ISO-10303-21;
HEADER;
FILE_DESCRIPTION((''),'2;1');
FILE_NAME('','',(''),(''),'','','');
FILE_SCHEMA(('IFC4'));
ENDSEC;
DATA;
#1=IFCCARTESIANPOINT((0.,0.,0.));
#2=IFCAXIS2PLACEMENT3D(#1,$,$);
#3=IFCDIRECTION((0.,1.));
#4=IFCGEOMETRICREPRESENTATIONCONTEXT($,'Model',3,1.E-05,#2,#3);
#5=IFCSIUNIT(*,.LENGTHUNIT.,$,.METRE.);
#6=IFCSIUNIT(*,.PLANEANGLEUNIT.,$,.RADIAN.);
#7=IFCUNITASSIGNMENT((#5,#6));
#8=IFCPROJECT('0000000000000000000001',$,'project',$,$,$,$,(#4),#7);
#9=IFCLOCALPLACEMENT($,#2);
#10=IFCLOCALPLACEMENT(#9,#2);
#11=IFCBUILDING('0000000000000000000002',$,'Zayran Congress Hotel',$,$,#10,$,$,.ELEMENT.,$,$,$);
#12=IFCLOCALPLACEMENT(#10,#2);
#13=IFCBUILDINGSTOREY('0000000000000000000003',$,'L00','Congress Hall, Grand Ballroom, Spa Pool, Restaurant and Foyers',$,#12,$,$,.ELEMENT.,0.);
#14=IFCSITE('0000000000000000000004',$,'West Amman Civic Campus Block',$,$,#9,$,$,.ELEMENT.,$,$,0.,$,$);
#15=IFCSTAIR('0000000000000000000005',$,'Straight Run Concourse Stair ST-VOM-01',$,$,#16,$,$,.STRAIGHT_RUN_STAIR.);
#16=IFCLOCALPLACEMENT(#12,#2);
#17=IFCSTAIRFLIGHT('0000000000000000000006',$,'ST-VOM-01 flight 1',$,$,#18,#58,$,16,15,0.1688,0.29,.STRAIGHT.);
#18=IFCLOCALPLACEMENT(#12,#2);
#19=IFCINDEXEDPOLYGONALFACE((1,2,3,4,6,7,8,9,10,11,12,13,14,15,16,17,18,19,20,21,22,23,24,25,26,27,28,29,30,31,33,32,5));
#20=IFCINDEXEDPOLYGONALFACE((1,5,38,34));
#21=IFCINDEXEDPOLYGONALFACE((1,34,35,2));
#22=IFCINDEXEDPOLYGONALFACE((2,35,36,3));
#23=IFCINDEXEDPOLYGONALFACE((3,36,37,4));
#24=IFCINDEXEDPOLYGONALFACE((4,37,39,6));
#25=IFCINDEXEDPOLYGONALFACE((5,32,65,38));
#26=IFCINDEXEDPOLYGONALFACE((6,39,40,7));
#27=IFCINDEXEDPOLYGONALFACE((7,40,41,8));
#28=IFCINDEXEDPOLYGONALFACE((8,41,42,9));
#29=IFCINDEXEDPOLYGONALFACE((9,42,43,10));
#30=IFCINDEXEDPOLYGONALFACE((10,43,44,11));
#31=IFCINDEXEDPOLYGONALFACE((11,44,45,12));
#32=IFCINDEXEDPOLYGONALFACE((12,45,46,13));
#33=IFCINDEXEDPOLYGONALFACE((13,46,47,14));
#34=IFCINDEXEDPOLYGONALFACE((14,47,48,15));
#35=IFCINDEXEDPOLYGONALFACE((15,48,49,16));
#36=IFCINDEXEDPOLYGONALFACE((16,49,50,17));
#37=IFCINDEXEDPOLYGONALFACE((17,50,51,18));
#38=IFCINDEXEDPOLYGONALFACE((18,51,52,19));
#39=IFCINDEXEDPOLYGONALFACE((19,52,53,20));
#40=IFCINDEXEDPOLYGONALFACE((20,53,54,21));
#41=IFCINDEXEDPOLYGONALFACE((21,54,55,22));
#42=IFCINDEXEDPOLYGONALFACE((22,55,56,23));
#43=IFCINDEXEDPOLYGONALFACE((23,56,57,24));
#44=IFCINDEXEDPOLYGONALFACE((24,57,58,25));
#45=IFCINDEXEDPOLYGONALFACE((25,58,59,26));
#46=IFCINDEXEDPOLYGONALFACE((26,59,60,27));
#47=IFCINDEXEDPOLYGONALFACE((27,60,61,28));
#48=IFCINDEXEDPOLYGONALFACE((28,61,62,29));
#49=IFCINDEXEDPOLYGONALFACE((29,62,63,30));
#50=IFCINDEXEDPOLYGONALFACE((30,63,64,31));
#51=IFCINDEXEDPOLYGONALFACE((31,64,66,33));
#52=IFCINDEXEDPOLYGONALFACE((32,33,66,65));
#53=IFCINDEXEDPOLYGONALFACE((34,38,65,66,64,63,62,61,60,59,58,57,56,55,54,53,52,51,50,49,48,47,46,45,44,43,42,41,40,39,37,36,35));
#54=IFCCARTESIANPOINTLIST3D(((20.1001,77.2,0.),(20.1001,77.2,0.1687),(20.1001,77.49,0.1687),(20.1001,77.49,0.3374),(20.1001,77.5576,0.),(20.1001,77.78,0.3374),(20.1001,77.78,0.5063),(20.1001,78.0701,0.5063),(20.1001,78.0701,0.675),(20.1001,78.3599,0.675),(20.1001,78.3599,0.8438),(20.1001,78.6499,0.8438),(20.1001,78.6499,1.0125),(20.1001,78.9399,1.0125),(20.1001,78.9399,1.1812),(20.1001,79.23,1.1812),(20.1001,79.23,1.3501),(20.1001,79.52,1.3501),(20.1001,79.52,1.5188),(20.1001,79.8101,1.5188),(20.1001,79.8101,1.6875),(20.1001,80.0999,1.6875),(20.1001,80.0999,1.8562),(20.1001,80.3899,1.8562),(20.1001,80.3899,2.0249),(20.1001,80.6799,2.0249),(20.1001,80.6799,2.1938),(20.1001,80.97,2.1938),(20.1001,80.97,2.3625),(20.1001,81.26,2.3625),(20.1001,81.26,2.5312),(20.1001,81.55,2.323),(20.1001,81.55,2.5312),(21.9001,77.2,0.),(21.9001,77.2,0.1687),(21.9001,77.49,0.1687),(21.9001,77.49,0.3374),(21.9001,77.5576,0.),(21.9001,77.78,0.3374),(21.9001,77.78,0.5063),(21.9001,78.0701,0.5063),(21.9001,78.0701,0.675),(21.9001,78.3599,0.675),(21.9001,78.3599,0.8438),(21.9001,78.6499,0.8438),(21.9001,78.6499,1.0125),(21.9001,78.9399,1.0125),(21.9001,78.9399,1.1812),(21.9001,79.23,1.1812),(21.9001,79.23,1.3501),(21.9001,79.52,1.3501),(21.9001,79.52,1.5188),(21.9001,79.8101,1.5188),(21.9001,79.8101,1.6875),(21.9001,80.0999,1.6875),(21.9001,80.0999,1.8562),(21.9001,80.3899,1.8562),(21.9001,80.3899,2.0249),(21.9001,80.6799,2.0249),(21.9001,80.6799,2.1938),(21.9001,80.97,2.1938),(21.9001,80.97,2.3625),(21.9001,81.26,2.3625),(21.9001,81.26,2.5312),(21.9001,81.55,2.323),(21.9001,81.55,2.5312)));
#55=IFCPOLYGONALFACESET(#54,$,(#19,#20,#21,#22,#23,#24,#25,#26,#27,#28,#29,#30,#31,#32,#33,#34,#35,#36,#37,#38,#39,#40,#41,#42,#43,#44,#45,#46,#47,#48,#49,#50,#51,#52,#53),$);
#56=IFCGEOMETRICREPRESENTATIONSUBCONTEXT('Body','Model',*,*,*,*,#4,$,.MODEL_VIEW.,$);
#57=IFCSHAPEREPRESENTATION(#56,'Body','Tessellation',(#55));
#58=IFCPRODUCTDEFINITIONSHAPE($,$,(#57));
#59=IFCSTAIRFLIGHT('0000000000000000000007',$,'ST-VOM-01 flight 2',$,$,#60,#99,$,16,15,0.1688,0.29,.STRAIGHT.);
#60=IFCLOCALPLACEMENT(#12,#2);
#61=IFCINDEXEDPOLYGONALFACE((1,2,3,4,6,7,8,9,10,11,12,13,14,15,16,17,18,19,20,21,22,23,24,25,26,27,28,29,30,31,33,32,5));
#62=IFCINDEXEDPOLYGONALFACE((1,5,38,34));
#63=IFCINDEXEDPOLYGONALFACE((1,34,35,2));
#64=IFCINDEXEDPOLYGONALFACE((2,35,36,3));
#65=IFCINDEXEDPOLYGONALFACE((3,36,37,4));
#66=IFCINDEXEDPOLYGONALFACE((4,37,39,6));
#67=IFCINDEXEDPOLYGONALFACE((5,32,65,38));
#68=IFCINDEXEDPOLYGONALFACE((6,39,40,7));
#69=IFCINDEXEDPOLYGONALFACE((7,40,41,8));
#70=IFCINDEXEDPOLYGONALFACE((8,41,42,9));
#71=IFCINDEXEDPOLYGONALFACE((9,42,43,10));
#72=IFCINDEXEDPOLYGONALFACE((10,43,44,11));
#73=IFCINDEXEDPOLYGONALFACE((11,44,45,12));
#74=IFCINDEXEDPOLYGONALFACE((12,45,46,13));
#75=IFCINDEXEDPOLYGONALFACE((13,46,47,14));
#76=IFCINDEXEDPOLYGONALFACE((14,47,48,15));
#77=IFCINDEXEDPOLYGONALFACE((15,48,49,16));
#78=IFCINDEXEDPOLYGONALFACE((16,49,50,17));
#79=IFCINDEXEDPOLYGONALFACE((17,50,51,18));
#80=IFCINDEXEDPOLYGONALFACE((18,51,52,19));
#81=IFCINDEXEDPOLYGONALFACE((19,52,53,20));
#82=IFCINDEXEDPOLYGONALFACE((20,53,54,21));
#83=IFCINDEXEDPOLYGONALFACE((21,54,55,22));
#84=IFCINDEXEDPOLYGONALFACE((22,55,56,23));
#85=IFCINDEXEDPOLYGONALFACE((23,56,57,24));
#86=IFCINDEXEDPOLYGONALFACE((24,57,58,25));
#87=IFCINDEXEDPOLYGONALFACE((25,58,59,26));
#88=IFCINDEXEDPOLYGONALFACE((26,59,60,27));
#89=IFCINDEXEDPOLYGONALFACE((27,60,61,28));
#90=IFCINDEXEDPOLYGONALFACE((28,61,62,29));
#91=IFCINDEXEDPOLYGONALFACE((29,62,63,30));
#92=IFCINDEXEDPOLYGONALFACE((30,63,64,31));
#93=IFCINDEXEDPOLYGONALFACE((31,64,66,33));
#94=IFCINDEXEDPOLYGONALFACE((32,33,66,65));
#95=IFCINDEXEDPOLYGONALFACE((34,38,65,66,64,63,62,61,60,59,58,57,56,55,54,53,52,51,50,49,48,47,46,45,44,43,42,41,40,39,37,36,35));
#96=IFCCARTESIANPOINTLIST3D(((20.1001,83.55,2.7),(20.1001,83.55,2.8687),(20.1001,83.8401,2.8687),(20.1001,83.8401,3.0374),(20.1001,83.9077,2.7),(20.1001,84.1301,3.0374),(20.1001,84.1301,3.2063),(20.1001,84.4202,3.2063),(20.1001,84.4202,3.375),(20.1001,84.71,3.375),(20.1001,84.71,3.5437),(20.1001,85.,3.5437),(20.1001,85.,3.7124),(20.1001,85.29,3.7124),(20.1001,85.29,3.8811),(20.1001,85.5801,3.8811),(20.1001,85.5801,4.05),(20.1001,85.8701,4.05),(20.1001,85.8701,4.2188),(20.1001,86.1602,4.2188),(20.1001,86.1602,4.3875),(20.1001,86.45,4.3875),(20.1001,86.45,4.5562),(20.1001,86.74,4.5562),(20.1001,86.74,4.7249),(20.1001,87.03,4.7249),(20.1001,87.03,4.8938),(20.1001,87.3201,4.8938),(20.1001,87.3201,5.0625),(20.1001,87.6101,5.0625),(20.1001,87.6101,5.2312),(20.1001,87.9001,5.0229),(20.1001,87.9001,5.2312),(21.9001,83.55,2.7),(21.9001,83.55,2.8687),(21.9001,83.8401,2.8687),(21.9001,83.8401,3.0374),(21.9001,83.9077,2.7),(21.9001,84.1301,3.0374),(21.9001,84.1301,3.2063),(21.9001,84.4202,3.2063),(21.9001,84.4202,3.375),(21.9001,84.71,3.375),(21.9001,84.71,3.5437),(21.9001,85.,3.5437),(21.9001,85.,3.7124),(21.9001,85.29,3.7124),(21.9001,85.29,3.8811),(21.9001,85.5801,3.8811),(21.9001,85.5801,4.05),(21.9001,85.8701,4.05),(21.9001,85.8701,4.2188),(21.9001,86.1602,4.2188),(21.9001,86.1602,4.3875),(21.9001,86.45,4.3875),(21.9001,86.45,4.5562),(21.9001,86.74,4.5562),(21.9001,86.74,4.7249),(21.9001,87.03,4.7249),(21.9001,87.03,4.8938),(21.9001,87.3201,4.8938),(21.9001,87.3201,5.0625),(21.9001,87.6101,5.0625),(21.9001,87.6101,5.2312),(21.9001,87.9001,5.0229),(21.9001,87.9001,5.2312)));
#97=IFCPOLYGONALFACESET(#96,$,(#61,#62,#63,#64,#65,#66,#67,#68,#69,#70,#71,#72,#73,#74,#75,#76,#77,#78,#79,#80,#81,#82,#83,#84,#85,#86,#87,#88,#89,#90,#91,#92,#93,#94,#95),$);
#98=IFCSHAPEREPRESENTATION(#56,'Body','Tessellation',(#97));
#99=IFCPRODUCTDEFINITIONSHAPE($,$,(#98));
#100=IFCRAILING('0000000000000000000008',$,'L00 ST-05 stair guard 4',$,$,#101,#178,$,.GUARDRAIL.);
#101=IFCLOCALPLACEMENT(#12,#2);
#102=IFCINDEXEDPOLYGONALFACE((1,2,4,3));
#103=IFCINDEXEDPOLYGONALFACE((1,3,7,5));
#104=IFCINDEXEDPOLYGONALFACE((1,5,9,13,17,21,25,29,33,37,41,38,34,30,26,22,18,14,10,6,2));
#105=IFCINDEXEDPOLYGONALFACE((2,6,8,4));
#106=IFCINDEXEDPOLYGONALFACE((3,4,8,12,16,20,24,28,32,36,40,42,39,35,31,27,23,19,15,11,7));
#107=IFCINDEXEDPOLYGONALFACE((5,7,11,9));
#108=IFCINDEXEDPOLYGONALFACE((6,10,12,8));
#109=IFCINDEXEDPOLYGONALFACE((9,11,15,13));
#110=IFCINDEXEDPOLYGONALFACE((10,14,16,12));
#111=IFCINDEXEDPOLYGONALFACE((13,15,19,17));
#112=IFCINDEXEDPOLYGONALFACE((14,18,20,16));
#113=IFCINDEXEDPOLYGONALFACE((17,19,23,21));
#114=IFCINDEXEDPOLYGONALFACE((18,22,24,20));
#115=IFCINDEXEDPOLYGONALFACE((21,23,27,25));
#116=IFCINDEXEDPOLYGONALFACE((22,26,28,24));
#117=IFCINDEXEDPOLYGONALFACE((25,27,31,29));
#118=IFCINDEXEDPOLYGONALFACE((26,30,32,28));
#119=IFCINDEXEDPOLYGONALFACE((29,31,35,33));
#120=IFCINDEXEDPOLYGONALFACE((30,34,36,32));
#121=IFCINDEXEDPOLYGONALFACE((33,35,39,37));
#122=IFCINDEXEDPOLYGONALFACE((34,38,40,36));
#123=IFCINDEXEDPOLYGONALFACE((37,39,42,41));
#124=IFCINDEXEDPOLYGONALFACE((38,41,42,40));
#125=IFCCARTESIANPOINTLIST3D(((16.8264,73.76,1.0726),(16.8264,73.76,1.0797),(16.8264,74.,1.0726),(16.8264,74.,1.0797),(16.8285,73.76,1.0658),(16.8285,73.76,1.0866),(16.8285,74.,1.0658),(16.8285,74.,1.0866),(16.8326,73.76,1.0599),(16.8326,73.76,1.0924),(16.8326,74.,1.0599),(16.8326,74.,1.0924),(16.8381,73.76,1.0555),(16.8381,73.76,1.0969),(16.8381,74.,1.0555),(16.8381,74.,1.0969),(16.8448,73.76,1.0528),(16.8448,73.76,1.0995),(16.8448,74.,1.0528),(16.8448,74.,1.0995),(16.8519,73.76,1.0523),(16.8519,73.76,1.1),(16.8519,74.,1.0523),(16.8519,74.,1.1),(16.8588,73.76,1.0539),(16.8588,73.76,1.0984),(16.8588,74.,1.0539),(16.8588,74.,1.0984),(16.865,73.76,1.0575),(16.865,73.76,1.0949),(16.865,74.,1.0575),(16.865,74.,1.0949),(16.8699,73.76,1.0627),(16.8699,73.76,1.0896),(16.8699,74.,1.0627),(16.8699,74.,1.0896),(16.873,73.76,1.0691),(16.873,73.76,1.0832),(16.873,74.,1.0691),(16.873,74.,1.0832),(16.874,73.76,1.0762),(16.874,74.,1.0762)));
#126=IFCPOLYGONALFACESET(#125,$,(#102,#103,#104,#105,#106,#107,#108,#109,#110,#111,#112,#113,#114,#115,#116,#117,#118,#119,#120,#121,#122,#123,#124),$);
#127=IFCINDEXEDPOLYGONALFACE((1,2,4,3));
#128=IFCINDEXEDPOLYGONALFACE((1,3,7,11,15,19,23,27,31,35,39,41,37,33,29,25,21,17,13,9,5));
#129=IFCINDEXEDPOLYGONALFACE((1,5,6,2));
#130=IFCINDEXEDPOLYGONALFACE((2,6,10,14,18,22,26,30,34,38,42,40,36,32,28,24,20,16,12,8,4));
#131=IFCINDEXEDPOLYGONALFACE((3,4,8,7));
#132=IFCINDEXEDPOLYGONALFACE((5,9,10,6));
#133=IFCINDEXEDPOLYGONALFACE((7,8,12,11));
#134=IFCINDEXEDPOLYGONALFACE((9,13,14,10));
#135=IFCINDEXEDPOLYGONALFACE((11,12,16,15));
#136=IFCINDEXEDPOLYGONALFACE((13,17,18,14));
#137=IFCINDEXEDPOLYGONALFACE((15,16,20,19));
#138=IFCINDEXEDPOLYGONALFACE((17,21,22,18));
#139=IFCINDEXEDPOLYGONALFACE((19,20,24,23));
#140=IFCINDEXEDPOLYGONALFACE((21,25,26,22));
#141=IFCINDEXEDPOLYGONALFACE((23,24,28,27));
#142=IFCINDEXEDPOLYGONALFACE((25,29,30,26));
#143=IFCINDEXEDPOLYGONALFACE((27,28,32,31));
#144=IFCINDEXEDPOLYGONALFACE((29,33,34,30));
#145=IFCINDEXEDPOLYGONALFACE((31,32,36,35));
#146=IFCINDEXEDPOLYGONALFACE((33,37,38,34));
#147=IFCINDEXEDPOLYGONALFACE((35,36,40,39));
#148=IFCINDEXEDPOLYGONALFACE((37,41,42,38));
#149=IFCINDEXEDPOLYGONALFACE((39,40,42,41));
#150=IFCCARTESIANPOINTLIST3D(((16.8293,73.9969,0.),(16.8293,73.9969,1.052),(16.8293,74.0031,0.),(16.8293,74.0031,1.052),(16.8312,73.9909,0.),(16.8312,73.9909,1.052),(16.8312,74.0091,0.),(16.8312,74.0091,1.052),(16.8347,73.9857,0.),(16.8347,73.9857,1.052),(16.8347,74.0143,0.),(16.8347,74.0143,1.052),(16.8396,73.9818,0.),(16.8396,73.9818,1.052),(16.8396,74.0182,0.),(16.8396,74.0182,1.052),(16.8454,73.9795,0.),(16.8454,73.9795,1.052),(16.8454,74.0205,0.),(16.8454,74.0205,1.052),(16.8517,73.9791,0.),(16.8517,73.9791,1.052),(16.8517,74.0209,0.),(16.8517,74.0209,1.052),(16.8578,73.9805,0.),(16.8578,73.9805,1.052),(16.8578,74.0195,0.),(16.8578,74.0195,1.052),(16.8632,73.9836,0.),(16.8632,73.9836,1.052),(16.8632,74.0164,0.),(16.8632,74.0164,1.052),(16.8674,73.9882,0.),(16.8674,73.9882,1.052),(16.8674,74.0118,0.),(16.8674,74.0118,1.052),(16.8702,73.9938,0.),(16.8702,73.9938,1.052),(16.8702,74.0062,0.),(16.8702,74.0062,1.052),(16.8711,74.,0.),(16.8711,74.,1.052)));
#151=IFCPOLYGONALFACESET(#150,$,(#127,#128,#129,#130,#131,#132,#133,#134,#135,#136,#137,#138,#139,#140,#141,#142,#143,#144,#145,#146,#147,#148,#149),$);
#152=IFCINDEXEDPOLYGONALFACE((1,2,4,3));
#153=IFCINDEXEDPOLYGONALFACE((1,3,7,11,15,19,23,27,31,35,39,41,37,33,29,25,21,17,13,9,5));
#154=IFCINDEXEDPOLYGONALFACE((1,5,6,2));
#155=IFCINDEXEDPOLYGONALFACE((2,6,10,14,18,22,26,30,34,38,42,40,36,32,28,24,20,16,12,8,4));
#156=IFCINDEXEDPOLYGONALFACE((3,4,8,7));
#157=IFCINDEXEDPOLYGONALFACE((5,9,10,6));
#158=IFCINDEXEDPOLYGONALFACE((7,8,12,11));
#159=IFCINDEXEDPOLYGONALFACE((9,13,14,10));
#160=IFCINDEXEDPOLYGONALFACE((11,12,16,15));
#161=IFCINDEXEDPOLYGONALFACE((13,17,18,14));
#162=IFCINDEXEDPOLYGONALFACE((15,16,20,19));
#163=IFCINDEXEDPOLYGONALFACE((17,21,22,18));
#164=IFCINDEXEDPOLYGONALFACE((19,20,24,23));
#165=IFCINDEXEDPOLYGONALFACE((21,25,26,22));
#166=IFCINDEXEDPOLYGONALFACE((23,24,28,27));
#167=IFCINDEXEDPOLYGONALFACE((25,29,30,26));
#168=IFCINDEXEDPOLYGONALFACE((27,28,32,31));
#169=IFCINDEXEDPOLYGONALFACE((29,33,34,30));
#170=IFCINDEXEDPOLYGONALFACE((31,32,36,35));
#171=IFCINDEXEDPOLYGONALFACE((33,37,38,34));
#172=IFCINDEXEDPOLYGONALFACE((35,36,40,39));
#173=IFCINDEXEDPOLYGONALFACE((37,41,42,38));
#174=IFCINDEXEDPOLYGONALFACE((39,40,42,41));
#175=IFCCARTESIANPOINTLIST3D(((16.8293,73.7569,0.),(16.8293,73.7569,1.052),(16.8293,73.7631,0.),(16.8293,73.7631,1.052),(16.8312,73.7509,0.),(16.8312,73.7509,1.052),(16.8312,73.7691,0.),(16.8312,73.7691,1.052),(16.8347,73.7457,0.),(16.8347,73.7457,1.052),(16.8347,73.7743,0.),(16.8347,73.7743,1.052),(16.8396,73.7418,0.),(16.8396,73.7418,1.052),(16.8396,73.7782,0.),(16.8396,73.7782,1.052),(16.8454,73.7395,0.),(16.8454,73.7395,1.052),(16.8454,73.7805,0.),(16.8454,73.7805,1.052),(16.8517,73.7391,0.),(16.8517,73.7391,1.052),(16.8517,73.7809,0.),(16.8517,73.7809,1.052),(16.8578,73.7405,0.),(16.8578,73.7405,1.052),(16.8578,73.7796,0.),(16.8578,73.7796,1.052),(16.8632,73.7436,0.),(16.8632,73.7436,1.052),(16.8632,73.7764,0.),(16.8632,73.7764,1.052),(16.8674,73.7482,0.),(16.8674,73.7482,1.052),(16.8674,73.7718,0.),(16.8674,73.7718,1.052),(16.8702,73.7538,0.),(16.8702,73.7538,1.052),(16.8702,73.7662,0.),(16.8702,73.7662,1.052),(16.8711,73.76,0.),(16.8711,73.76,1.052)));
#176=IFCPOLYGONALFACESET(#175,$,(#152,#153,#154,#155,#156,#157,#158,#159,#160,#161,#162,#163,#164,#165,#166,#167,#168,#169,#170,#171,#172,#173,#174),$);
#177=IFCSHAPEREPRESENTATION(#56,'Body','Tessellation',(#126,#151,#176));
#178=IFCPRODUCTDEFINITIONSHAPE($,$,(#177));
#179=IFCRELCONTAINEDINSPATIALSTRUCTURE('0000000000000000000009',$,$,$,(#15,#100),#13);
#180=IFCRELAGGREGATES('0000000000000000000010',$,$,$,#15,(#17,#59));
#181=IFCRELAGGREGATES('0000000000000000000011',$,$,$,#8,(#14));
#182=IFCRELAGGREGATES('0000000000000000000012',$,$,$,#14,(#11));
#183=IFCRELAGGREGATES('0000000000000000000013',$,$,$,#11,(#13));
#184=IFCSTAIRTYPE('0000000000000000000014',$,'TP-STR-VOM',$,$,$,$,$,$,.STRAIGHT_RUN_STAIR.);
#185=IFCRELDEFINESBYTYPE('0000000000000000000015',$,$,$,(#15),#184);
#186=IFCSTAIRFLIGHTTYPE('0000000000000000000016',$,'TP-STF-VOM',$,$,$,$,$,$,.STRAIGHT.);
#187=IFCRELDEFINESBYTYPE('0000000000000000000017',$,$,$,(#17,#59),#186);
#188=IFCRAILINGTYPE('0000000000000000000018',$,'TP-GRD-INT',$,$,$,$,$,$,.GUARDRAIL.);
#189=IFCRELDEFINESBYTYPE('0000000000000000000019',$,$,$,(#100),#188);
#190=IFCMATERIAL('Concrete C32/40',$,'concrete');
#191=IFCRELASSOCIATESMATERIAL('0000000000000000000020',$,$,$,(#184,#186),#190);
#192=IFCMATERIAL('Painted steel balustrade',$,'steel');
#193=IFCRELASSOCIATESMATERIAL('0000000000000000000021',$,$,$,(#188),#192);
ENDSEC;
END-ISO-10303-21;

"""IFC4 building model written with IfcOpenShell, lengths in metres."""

from ifc_helpers import new_model, si_unit, direction, frame, origin, origin_2d, place, context, subcontext, project, spatial, polyline, circle, outline, extrude, material, type_object, element, aggregate, save


model = new_model("IFC4")

# Units and contexts
model_context = context("Model", 3, precision=1e-05, world=origin(), true_north=direction((0.0, 1.0)))
body_context = subcontext(model_context, "Body", "Model", "MODEL_VIEW")
ifc_project = project(units=[si_unit("LENGTHUNIT", "METRE"), si_unit("PLANEANGLEUNIT", "RADIAN")], contexts=[model_context])

# Site, building, storey
site_placement = place(None, origin())
site = spatial("IfcSite", under=ifc_project, at=site_placement, Name="West Amman Civic Campus Block", CompositionType="ELEMENT", RefElevation=0.0)
building_placement = place(site_placement, origin())
building = spatial("IfcBuilding", under=site, at=building_placement, Name="Zayran Congress Hotel", CompositionType="ELEMENT")
storey_placement = place(building_placement, origin())
storey = spatial("IfcBuildingStorey", under=building, at=storey_placement, Name="L00", Description="Congress Hall, Grand Ballroom, Spa Pool, Restaurant and Foyers", CompositionType="ELEMENT", Elevation=0.0)

# Stair, stair flights
ifc_material_1 = material(Name="Concrete C32/40", Category="concrete")
stair_type = type_object("IfcStairType", Name="TP-STR-VOM", PredefinedType="STRAIGHT_RUN_STAIR", material=ifc_material_1)
stair_placement = place(storey_placement, origin())
stair = element("IfcStair", 1, at=stair_placement, inside=storey, type_object=stair_type, Name="Straight Run Concourse Stair ST-VOM-01", PredefinedType="STRAIGHT_RUN_STAIR")
stair_flight_type = type_object("IfcStairFlightType", Name="TP-STF-VOM", PredefinedType="STRAIGHT", material=ifc_material_1)
stair_flight_1_placement = place(storey_placement, frame((21.0, 77.2, 0.0), z_axis=(0.0, 0.0, 1.0), x_axis=(0.0, 1.0, 0.0)))
stair_flight_1 = element("IfcStairFlight", 2, at=stair_flight_1_placement, type_object=stair_flight_type, Name="ST-VOM-01 flight 1", NumberOfRisers=16, NumberOfTreads=15, PredefinedType="STRAIGHT", RiserHeight=0.1688, TreadLength=0.29, context=body_context, shape_type="SweptSolid", body=[
    extrude(outline(polyline([(0.0, 0.0), (0.0, 0.1687), (0.29, 0.1687), (0.29, 0.3374), (0.5801, 0.3374), (0.5801, 0.5063), (0.8701, 0.5063), (0.8701, 0.675), (1.1599, 0.675), (1.1599, 0.8438), (1.45, 0.8438), (1.45, 1.0125), (1.74, 1.0125), (1.74, 1.1812), (2.03, 1.1812), (2.03, 1.3501), (2.3201, 1.3501), (2.3201, 1.5188), (2.6101, 1.5188), (2.6101, 1.6875), (2.8999, 1.6875), (2.8999, 1.8562), (3.1899, 1.8562), (3.1899, 2.0249), (3.48, 2.0249), (3.48, 2.1938), (3.77, 2.1938), (3.77, 2.3625), (4.0601, 2.3625), (4.0601, 2.5312), (4.3501, 2.5312), (4.3501, 2.7), (4.3501, 2.323), (0.3577, 0.0), (0.0, 0.0)])), frame((0.0, 0.8999, 0.0), z_axis=(0.0, -1.0, 0.0), x_axis=(1.0, 0.0, 0.0)), (0.0, 0.0, 1.0), 1.8),
])
stair_flight_2_placement = place(storey_placement, frame((21.0, 83.55, 2.7), z_axis=(0.0, 0.0, 1.0), x_axis=(0.0, 1.0, 0.0)))
stair_flight_2 = element("IfcStairFlight", 3, at=stair_flight_2_placement, type_object=stair_flight_type, Name="ST-VOM-01 flight 2", NumberOfRisers=16, NumberOfTreads=15, PredefinedType="STRAIGHT", RiserHeight=0.1688, TreadLength=0.29, context=body_context, shape_type="SweptSolid", body=[
    extrude(outline(polyline([(0.0, 0.0), (0.0, 0.1687), (0.29, 0.1687), (0.29, 0.3374), (0.5801, 0.3374), (0.5801, 0.5063), (0.8701, 0.5063), (0.8701, 0.675), (1.1599, 0.675), (1.1599, 0.8438), (1.45, 0.8438), (1.45, 1.0125), (1.74, 1.0125), (1.74, 1.1812), (2.03, 1.1812), (2.03, 1.3501), (2.3201, 1.3501), (2.3201, 1.5188), (2.6101, 1.5188), (2.6101, 1.6875), (2.8999, 1.6875), (2.8999, 1.8562), (3.1899, 1.8562), (3.1899, 2.0249), (3.48, 2.0249), (3.48, 2.1938), (3.77, 2.1938), (3.77, 2.3625), (4.0601, 2.3625), (4.0601, 2.5312), (4.3501, 2.5312), (4.3501, 2.7), (4.3501, 2.323), (0.3577, 0.0), (0.0, 0.0)])), frame((0.0, 0.8999, 0.0), z_axis=(0.0, -1.0, 0.0), x_axis=(1.0, 0.0, 0.0)), (0.0, 0.0, 1.0), 1.8),
])
aggregate(stair, [stair_flight_1, stair_flight_2])

# Railing
ifc_material_2 = material(Name="Painted steel balustrade", Category="steel")
railing_type_1 = type_object("IfcRailingType", Name="TP-GRD-INT", PredefinedType="GUARDRAIL", material=ifc_material_2)
railing_1_placement = place(storey_placement, frame((16.8501, 74.0, 0.0)))
element("IfcRailing", 4, at=railing_1_placement, inside=storey, type_object=railing_type_1, Name="L00 ST-05 stair guard 4", PredefinedType="GUARDRAIL", context=body_context, shape_type="SweptSolid", body=[
    extrude(circle(Radius=0.0239, at=origin_2d()), frame((0.0, 0.0, 1.0762), z_axis=(0.0, -1.0, 0.0), x_axis=(1.0, 0.0, 0.0)), (0.0, 0.0, 1.0), 0.24),
    extrude(circle(Radius=0.021, at=origin_2d()), origin(), (0.0, 0.0, 1.0), 1.052),
    extrude(circle(Radius=0.021, at=origin_2d()), frame((0.0, -0.24, 0.0)), (0.0, 0.0, 1.0), 1.052),
])

save(model, "model.ifc")
